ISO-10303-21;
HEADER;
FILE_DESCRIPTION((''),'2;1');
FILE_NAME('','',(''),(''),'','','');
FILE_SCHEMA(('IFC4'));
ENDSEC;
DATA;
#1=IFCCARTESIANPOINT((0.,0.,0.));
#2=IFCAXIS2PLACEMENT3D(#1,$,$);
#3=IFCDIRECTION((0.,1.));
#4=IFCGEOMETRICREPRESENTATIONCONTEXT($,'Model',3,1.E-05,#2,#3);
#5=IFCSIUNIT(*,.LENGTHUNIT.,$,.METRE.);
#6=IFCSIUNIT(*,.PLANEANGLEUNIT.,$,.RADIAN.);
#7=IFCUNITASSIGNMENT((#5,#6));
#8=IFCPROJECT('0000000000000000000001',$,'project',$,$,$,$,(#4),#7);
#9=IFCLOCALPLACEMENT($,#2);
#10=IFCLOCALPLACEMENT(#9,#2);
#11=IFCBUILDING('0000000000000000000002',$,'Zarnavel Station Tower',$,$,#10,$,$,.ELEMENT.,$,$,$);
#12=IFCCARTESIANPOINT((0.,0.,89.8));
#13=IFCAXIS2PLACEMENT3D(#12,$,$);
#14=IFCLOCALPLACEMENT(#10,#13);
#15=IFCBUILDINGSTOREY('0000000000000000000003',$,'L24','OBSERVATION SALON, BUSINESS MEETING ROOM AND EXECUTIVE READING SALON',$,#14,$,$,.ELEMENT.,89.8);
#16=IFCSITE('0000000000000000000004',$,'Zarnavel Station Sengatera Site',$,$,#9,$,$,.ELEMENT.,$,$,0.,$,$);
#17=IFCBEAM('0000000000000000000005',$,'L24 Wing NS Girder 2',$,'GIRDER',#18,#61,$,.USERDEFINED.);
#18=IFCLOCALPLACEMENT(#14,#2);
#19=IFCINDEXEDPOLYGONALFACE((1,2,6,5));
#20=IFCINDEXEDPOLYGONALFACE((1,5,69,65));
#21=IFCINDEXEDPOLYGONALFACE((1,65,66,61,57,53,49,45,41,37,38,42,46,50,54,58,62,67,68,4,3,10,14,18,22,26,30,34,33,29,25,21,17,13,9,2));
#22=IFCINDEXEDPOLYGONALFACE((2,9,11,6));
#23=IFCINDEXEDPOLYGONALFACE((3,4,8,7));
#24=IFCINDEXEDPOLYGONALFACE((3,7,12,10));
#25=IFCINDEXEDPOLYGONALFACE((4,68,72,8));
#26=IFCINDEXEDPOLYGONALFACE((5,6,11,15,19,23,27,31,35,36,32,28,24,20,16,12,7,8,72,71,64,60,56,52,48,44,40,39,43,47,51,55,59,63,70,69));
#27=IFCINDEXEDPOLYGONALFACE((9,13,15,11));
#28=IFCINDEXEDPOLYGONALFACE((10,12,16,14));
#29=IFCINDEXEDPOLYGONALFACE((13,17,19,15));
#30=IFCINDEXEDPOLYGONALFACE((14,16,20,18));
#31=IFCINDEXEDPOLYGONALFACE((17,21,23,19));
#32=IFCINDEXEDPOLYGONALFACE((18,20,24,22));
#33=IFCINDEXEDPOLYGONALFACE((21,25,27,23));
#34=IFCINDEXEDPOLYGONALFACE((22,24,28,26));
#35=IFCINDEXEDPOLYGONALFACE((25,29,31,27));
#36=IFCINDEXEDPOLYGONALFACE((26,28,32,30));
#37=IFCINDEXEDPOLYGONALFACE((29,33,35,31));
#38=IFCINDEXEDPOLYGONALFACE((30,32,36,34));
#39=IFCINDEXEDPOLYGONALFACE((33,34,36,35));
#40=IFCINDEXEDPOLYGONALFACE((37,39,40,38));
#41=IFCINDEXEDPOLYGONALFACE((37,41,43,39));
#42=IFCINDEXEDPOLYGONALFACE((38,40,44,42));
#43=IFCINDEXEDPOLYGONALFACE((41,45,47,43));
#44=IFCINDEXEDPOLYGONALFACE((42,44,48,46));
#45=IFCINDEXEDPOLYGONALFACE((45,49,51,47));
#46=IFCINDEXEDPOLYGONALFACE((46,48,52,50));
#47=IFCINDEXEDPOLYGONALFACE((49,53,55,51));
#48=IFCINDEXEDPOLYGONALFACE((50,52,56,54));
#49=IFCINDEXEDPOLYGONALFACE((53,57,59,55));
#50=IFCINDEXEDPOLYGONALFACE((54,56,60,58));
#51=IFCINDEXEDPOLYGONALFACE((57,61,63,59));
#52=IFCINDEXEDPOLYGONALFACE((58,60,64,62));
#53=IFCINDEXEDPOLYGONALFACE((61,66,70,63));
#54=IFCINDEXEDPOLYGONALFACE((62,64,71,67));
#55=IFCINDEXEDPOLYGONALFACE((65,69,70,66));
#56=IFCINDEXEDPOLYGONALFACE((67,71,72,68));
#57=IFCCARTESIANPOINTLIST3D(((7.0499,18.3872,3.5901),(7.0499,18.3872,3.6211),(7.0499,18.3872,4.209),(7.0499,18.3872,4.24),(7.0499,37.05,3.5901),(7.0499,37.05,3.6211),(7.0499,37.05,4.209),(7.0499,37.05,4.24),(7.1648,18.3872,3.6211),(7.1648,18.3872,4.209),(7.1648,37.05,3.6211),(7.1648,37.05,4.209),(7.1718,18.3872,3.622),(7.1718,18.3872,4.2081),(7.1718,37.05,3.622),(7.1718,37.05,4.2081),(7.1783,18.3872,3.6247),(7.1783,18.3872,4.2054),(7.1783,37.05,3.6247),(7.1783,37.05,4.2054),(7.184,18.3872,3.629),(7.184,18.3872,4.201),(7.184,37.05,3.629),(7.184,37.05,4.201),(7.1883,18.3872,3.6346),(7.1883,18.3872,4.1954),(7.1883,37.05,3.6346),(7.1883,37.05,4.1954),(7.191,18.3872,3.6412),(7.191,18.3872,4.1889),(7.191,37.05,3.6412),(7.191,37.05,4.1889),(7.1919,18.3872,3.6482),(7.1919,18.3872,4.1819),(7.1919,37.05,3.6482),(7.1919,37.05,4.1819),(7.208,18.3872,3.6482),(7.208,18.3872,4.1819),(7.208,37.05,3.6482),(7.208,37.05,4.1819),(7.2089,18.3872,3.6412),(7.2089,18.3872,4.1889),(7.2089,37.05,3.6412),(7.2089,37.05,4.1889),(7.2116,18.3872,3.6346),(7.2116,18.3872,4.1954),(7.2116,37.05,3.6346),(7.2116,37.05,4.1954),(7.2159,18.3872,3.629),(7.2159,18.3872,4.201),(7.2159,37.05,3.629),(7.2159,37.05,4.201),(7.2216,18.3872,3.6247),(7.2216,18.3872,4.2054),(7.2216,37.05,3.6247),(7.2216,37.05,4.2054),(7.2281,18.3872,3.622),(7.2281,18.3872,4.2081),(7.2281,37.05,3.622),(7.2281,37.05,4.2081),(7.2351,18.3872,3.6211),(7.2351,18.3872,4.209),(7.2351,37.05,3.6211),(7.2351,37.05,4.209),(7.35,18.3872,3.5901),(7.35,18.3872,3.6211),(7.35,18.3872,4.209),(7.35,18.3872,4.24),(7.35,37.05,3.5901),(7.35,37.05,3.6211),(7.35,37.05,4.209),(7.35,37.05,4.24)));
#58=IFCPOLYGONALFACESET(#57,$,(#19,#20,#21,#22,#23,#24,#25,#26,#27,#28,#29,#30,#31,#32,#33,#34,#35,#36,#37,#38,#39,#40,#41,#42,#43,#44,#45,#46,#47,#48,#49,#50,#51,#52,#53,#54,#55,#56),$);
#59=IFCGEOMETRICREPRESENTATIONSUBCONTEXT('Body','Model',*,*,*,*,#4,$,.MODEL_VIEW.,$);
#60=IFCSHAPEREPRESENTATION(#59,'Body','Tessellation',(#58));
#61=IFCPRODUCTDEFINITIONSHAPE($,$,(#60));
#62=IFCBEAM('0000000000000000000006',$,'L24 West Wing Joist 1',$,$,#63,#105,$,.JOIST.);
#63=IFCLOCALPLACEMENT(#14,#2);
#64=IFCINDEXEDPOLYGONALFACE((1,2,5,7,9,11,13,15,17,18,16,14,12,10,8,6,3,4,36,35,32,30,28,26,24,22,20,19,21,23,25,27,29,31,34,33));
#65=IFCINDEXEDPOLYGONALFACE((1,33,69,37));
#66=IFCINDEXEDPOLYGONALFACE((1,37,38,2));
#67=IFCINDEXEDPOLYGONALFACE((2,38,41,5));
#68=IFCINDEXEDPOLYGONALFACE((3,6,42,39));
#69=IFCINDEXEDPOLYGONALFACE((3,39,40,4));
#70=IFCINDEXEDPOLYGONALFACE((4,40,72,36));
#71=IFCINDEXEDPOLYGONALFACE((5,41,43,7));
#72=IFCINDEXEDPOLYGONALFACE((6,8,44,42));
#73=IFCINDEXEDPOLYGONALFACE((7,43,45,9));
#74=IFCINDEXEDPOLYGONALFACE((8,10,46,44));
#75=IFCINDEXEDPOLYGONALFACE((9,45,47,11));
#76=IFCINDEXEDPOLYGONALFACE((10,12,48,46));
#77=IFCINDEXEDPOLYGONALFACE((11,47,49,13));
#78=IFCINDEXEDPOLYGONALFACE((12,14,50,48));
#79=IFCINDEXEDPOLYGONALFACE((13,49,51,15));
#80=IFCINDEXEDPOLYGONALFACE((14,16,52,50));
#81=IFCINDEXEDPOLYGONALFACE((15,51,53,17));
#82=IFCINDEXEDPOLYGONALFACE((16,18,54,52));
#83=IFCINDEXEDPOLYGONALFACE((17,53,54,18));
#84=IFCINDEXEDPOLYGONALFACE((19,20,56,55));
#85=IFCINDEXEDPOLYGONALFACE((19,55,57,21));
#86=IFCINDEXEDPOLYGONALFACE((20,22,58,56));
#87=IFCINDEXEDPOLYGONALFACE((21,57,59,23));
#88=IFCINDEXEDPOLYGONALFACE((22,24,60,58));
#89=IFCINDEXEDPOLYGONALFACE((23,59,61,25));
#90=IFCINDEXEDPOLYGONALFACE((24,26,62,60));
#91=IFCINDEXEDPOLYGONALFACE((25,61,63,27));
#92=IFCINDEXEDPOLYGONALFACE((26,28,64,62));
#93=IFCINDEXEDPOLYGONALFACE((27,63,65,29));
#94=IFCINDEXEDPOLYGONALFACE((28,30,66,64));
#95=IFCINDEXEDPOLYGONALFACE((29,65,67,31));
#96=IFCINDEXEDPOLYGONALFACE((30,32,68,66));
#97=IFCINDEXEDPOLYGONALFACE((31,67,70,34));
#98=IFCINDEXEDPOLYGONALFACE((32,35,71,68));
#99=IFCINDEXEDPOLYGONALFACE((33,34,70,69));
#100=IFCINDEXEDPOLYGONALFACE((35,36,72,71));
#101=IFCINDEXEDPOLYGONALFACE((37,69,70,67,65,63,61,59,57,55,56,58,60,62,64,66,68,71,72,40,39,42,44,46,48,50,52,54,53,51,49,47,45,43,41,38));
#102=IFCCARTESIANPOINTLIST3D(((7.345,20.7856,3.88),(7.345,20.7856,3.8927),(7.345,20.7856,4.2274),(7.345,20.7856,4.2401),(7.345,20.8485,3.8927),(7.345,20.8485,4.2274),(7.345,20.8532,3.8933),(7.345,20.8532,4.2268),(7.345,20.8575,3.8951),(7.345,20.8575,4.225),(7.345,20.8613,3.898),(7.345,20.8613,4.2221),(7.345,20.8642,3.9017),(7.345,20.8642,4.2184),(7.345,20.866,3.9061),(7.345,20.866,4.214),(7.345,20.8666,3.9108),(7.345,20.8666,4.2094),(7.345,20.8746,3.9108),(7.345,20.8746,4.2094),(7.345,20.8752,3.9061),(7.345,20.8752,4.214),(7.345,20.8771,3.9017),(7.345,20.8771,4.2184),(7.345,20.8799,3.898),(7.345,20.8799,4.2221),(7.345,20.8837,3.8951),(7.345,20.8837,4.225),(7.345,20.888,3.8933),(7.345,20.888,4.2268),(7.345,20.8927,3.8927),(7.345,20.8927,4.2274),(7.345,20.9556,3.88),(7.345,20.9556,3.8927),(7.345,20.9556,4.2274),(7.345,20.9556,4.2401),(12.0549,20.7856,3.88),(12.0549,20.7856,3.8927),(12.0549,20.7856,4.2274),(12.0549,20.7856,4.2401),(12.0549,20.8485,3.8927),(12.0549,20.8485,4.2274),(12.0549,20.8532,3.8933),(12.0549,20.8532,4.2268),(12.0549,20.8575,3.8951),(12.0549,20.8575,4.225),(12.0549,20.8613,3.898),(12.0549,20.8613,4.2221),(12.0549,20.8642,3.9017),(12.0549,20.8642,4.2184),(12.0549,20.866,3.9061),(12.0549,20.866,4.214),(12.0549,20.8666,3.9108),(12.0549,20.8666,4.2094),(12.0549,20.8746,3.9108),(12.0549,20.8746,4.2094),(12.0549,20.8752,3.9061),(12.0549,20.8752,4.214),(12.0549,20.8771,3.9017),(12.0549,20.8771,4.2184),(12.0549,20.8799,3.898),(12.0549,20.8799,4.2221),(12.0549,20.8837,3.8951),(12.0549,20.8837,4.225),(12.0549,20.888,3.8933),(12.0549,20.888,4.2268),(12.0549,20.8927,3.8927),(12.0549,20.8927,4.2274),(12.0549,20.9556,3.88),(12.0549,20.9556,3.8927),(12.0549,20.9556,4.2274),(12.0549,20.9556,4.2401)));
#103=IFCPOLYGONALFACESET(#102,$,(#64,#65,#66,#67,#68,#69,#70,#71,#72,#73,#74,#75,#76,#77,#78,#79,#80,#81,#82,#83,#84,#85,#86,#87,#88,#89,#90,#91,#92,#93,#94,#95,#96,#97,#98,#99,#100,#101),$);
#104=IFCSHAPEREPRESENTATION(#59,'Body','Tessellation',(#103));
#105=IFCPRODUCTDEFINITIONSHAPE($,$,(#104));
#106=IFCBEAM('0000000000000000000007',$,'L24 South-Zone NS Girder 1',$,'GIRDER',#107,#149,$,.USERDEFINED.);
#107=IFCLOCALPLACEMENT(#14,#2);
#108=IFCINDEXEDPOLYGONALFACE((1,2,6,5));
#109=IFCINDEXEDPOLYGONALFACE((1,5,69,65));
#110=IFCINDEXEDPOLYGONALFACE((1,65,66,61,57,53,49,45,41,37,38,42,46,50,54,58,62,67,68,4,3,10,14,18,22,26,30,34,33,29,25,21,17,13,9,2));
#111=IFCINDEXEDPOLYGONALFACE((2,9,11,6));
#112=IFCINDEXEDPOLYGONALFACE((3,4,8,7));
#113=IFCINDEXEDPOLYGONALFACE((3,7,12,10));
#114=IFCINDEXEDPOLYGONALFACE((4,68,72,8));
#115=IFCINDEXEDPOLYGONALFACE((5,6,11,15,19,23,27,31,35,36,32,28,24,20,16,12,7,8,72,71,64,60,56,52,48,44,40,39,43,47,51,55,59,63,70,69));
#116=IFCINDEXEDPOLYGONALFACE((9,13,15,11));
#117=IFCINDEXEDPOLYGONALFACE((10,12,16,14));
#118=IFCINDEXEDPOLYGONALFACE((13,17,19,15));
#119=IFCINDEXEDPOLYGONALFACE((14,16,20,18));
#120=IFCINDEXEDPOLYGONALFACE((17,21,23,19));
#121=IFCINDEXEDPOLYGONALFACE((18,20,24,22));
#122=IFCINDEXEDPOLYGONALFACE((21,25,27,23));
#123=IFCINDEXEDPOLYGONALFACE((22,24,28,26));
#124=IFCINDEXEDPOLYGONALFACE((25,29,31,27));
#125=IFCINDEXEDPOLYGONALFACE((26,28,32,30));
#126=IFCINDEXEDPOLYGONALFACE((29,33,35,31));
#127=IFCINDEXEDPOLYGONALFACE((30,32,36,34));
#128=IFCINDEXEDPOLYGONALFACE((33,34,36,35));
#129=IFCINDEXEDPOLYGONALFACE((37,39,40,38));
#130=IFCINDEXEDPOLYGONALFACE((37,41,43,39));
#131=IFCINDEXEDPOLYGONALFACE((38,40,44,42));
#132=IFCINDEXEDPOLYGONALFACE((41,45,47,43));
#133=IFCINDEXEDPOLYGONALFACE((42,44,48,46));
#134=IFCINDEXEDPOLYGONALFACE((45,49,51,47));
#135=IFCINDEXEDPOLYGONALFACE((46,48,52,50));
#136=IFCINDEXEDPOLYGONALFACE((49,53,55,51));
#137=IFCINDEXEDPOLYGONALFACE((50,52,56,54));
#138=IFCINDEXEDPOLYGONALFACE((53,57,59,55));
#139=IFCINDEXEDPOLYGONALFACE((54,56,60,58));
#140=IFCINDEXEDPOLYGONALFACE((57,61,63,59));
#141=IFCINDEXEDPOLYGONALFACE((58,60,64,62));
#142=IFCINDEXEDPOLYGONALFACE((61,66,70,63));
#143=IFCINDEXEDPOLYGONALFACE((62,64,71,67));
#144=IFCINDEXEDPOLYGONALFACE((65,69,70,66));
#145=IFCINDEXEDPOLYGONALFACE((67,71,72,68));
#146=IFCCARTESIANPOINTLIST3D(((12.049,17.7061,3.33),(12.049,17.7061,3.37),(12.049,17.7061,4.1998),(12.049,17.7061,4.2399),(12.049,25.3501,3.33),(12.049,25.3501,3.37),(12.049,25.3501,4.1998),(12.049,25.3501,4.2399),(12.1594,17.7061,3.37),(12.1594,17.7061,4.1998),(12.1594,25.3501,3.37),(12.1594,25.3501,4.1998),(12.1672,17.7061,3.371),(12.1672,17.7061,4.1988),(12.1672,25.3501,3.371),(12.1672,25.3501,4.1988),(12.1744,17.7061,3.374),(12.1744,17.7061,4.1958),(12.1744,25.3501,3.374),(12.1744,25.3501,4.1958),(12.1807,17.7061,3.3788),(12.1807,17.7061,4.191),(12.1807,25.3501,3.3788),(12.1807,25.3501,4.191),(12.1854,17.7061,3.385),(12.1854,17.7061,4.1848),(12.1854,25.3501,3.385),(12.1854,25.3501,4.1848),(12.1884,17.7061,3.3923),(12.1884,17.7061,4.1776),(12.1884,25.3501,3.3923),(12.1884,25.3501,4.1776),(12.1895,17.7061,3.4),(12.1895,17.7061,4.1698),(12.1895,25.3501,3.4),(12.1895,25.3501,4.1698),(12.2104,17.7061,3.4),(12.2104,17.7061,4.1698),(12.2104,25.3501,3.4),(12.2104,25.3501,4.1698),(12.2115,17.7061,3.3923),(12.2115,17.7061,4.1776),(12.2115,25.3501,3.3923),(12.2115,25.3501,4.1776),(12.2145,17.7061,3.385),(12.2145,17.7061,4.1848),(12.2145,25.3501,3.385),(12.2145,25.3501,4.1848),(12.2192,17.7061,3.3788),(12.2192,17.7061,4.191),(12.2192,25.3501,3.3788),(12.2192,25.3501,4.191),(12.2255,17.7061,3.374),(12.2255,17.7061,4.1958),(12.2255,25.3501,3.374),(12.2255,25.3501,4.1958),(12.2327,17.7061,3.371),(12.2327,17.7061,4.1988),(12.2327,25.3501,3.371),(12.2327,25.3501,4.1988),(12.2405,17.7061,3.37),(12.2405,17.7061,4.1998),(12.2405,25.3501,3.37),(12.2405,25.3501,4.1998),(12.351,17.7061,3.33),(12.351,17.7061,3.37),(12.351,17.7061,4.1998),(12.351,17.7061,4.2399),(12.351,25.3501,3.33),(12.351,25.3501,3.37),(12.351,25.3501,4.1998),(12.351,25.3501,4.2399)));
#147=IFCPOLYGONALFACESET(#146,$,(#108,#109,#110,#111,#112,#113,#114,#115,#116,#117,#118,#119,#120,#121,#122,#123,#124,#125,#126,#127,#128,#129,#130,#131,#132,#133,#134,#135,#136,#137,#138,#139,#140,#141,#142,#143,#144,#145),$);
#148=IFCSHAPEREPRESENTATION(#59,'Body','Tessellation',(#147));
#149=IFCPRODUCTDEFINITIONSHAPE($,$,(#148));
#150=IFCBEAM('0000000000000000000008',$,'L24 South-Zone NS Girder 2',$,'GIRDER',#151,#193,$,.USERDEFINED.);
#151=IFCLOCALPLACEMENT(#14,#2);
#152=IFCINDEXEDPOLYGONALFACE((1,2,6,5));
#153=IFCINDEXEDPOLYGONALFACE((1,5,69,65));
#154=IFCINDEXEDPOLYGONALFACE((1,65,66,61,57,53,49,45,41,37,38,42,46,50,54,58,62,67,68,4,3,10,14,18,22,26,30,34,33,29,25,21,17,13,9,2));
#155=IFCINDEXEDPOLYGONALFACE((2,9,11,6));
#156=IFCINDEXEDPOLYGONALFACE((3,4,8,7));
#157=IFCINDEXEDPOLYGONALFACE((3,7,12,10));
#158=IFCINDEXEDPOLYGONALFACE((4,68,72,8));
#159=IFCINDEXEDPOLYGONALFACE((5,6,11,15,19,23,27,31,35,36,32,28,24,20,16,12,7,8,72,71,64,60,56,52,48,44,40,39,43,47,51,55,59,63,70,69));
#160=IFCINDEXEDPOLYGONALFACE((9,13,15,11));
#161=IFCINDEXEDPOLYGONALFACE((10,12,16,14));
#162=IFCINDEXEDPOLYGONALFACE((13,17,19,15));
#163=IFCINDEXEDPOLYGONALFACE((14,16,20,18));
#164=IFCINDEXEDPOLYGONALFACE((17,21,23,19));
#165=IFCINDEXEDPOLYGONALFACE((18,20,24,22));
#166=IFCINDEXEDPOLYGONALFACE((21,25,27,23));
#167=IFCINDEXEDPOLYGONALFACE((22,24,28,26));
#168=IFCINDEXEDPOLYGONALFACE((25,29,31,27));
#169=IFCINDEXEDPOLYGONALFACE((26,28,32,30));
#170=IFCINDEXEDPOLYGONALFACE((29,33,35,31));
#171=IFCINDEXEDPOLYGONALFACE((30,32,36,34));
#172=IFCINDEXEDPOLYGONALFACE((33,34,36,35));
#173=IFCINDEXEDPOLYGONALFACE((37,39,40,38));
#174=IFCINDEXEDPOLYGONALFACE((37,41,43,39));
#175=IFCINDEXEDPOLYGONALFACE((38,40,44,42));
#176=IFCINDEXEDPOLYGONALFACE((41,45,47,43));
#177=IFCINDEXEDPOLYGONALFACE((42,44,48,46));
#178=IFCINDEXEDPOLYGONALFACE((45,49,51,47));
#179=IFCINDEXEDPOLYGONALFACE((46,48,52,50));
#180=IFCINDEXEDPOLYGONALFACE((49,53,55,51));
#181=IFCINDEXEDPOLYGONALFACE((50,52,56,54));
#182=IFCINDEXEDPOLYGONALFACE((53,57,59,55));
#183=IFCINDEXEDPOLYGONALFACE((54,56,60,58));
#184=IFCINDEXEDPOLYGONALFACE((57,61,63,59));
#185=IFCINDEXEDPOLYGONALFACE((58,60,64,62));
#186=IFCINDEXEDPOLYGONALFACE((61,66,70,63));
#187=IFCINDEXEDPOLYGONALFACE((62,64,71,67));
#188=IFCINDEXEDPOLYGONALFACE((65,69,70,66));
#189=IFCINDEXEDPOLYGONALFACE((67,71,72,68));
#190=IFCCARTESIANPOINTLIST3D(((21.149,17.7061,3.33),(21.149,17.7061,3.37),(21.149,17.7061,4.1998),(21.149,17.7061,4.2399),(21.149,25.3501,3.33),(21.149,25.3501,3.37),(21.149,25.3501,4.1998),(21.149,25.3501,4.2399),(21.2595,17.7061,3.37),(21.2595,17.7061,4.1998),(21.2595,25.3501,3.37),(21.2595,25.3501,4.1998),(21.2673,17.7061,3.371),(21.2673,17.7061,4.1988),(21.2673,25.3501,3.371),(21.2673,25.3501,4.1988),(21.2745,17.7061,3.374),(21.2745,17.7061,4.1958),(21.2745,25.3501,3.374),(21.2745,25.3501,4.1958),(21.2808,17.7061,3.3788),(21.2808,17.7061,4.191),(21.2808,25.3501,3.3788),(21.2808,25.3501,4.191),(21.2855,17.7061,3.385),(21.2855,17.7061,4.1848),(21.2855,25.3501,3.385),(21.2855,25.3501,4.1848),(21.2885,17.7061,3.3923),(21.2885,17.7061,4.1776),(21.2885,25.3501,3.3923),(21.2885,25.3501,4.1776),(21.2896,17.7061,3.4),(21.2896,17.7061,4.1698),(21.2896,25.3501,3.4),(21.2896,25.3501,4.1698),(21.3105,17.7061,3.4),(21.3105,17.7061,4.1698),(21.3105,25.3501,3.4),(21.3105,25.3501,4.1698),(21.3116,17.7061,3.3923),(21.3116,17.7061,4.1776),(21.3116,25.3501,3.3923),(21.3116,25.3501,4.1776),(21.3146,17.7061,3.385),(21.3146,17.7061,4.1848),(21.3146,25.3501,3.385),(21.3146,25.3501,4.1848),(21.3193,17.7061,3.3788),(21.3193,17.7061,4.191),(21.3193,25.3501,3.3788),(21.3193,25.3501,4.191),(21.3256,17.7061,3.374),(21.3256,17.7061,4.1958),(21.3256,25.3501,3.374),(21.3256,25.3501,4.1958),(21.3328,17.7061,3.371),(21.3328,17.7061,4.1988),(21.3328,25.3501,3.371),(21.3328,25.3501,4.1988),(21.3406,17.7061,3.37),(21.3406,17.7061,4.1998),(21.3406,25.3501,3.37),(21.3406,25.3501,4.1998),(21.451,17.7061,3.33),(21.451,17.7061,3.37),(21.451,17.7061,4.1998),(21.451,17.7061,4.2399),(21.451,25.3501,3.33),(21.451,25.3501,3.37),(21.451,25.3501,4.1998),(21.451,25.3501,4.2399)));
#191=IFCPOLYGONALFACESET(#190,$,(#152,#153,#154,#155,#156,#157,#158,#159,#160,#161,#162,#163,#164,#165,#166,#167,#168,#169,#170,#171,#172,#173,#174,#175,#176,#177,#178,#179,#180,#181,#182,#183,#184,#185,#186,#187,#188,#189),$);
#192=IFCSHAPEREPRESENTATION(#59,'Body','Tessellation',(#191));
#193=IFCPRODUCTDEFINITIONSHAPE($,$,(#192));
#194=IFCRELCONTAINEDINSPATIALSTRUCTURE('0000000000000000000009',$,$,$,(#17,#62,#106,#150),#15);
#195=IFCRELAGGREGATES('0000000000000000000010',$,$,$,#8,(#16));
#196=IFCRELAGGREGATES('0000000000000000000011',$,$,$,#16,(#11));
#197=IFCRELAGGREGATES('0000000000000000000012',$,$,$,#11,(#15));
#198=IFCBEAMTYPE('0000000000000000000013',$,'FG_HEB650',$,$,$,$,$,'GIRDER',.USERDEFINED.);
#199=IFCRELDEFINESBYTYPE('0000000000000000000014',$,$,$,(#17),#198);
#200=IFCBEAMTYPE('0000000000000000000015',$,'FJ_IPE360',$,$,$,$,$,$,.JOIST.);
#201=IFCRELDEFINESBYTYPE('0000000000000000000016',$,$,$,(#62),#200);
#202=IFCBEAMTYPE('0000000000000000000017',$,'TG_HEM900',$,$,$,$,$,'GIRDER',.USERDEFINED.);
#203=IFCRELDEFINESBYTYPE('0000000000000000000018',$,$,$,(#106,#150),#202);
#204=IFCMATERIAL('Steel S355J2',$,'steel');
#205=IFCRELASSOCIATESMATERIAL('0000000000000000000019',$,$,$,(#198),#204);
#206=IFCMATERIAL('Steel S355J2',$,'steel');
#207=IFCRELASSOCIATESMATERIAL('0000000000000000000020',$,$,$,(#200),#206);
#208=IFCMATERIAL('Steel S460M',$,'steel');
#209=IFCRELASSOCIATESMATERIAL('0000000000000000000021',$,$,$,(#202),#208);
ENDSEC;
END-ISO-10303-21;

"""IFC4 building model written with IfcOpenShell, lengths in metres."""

from ifc_helpers import new_model, si_unit, direction, frame, origin, origin_2d, place, context, subcontext, project, spatial, i_section, extrude, material, material_profile, profile_set, type_object, element, save


model = new_model("IFC4")

# Units and contexts
model_context = context("Model", 3, precision=1e-05, world=origin(), true_north=direction((0.0, 1.0)))
body_context = subcontext(model_context, "Body", "Model", "MODEL_VIEW")
ifc_project = project(units=[si_unit("LENGTHUNIT", "METRE"), si_unit("PLANEANGLEUNIT", "RADIAN")], contexts=[model_context])

# Site, building, storey
site_placement = place(None, origin())
site = spatial("IfcSite", under=ifc_project, at=site_placement, Name="Zarnavel Station Sengatera Site", CompositionType="ELEMENT", RefElevation=0.0)
building_placement = place(site_placement, origin())
building = spatial("IfcBuilding", under=site, at=building_placement, Name="Zarnavel Station Tower", CompositionType="ELEMENT")
storey_placement = place(building_placement, frame((0.0, 0.0, 89.8)))
storey = spatial("IfcBuildingStorey", under=building, at=storey_placement, Name="L24", Description="OBSERVATION SALON, BUSINESS MEETING ROOM AND EXECUTIVE READING SALON", CompositionType="ELEMENT", Elevation=89.8)

# Beams
ifc_material_1 = material(Name="Steel S355J2", Category="steel")
ifc_material_profile_1 = material_profile(ifc_material_1, i_section(OverallWidth=0.3, OverallDepth=0.6499, WebThickness=0.0161, FlangeThickness=0.031, FilletRadius=0.0271, at=origin_2d()), Name="HEB650")
ifc_profile_set_1 = profile_set([ifc_material_profile_1], Name="Steel S355J2")
beam_type_1 = type_object("IfcBeamType", Name="FG_HEB650", ElementType="GIRDER", PredefinedType="USERDEFINED", material=ifc_profile_set_1)
beam_1_placement = place(storey_placement, frame((7.2, 18.3872, 3.915), z_axis=(0.0, 1.0, 0.0), x_axis=(-1.0, 0.0, 0.0)))
element("IfcBeam", 1, at=beam_1_placement, inside=storey, type_object=beam_type_1, Name="L24 Wing NS Girder 2", ObjectType="GIRDER", PredefinedType="USERDEFINED", context=body_context, shape_type="SweptSolid", body=[
    extrude(i_section(OverallWidth=0.3, OverallDepth=0.6499, WebThickness=0.0161, FlangeThickness=0.031, FilletRadius=0.0271, at=origin_2d()), origin(), (0.0, 0.0, 1.0), 18.6628),
])
ifc_material_2 = material(Name="Steel S355J2", Category="steel")
ifc_material_profile_2 = material_profile(ifc_material_2, i_section(OverallWidth=0.1699, OverallDepth=0.3601, WebThickness=0.0081, FlangeThickness=0.0127, FilletRadius=0.0181, at=origin_2d()), Name="IPE360")
ifc_profile_set_2 = profile_set([ifc_material_profile_2], Name="Steel S355J2")
beam_type_2 = type_object("IfcBeamType", Name="FJ_IPE360", PredefinedType="JOIST", material=ifc_profile_set_2)
beam_2_placement = place(storey_placement, frame((7.345, 20.8706, 4.0601), z_axis=(1.0, 0.0, 0.0), x_axis=(0.0, 1.0, 0.0)))
element("IfcBeam", 2, at=beam_2_placement, inside=storey, type_object=beam_type_2, Name="L24 West Wing Joist 1", PredefinedType="JOIST", context=body_context, shape_type="SweptSolid", body=[
    extrude(i_section(OverallWidth=0.1699, OverallDepth=0.3601, WebThickness=0.0081, FlangeThickness=0.0127, FilletRadius=0.0181, at=origin_2d()), origin(), (0.0, 0.0, 1.0), 4.71),
])
ifc_material_3 = material(Name="Steel S460M", Category="steel")
ifc_material_profile_3 = material_profile(ifc_material_3, i_section(OverallWidth=0.302, OverallDepth=0.9099, WebThickness=0.021, FlangeThickness=0.04, FilletRadius=0.03, at=origin_2d()), Name="HEM900")
ifc_profile_set_3 = profile_set([ifc_material_profile_3], Name="Steel S460M")
beam_type_3 = type_object("IfcBeamType", Name="TG_HEM900", ElementType="GIRDER", PredefinedType="USERDEFINED", material=ifc_profile_set_3)
for number, where, z_axis, x_axis, name in (
    (3, (12.2, 17.7061, 3.7849), (0.0, 1.0, 0.0), (-1.0, 0.0, 0.0), "L24 South-Zone NS Girder 1"),
    (4, (21.3, 17.7061, 3.7849), (0.0, 1.0, 0.0), (-1.0, 0.0, 0.0), "L24 South-Zone NS Girder 2"),
):
    element("IfcBeam", number, at=place(storey_placement, frame(where, z_axis=z_axis, x_axis=x_axis)), inside=storey, type_object=beam_type_3, Name=name, ObjectType="GIRDER", PredefinedType="USERDEFINED", context=body_context, shape_type="SweptSolid", body=[
        extrude(i_section(OverallWidth=0.302, OverallDepth=0.9099, WebThickness=0.021, FlangeThickness=0.04, FilletRadius=0.03, at=origin_2d()), origin(), (0.0, 0.0, 1.0), 7.644),
    ])

save(model, "model.ifc")
